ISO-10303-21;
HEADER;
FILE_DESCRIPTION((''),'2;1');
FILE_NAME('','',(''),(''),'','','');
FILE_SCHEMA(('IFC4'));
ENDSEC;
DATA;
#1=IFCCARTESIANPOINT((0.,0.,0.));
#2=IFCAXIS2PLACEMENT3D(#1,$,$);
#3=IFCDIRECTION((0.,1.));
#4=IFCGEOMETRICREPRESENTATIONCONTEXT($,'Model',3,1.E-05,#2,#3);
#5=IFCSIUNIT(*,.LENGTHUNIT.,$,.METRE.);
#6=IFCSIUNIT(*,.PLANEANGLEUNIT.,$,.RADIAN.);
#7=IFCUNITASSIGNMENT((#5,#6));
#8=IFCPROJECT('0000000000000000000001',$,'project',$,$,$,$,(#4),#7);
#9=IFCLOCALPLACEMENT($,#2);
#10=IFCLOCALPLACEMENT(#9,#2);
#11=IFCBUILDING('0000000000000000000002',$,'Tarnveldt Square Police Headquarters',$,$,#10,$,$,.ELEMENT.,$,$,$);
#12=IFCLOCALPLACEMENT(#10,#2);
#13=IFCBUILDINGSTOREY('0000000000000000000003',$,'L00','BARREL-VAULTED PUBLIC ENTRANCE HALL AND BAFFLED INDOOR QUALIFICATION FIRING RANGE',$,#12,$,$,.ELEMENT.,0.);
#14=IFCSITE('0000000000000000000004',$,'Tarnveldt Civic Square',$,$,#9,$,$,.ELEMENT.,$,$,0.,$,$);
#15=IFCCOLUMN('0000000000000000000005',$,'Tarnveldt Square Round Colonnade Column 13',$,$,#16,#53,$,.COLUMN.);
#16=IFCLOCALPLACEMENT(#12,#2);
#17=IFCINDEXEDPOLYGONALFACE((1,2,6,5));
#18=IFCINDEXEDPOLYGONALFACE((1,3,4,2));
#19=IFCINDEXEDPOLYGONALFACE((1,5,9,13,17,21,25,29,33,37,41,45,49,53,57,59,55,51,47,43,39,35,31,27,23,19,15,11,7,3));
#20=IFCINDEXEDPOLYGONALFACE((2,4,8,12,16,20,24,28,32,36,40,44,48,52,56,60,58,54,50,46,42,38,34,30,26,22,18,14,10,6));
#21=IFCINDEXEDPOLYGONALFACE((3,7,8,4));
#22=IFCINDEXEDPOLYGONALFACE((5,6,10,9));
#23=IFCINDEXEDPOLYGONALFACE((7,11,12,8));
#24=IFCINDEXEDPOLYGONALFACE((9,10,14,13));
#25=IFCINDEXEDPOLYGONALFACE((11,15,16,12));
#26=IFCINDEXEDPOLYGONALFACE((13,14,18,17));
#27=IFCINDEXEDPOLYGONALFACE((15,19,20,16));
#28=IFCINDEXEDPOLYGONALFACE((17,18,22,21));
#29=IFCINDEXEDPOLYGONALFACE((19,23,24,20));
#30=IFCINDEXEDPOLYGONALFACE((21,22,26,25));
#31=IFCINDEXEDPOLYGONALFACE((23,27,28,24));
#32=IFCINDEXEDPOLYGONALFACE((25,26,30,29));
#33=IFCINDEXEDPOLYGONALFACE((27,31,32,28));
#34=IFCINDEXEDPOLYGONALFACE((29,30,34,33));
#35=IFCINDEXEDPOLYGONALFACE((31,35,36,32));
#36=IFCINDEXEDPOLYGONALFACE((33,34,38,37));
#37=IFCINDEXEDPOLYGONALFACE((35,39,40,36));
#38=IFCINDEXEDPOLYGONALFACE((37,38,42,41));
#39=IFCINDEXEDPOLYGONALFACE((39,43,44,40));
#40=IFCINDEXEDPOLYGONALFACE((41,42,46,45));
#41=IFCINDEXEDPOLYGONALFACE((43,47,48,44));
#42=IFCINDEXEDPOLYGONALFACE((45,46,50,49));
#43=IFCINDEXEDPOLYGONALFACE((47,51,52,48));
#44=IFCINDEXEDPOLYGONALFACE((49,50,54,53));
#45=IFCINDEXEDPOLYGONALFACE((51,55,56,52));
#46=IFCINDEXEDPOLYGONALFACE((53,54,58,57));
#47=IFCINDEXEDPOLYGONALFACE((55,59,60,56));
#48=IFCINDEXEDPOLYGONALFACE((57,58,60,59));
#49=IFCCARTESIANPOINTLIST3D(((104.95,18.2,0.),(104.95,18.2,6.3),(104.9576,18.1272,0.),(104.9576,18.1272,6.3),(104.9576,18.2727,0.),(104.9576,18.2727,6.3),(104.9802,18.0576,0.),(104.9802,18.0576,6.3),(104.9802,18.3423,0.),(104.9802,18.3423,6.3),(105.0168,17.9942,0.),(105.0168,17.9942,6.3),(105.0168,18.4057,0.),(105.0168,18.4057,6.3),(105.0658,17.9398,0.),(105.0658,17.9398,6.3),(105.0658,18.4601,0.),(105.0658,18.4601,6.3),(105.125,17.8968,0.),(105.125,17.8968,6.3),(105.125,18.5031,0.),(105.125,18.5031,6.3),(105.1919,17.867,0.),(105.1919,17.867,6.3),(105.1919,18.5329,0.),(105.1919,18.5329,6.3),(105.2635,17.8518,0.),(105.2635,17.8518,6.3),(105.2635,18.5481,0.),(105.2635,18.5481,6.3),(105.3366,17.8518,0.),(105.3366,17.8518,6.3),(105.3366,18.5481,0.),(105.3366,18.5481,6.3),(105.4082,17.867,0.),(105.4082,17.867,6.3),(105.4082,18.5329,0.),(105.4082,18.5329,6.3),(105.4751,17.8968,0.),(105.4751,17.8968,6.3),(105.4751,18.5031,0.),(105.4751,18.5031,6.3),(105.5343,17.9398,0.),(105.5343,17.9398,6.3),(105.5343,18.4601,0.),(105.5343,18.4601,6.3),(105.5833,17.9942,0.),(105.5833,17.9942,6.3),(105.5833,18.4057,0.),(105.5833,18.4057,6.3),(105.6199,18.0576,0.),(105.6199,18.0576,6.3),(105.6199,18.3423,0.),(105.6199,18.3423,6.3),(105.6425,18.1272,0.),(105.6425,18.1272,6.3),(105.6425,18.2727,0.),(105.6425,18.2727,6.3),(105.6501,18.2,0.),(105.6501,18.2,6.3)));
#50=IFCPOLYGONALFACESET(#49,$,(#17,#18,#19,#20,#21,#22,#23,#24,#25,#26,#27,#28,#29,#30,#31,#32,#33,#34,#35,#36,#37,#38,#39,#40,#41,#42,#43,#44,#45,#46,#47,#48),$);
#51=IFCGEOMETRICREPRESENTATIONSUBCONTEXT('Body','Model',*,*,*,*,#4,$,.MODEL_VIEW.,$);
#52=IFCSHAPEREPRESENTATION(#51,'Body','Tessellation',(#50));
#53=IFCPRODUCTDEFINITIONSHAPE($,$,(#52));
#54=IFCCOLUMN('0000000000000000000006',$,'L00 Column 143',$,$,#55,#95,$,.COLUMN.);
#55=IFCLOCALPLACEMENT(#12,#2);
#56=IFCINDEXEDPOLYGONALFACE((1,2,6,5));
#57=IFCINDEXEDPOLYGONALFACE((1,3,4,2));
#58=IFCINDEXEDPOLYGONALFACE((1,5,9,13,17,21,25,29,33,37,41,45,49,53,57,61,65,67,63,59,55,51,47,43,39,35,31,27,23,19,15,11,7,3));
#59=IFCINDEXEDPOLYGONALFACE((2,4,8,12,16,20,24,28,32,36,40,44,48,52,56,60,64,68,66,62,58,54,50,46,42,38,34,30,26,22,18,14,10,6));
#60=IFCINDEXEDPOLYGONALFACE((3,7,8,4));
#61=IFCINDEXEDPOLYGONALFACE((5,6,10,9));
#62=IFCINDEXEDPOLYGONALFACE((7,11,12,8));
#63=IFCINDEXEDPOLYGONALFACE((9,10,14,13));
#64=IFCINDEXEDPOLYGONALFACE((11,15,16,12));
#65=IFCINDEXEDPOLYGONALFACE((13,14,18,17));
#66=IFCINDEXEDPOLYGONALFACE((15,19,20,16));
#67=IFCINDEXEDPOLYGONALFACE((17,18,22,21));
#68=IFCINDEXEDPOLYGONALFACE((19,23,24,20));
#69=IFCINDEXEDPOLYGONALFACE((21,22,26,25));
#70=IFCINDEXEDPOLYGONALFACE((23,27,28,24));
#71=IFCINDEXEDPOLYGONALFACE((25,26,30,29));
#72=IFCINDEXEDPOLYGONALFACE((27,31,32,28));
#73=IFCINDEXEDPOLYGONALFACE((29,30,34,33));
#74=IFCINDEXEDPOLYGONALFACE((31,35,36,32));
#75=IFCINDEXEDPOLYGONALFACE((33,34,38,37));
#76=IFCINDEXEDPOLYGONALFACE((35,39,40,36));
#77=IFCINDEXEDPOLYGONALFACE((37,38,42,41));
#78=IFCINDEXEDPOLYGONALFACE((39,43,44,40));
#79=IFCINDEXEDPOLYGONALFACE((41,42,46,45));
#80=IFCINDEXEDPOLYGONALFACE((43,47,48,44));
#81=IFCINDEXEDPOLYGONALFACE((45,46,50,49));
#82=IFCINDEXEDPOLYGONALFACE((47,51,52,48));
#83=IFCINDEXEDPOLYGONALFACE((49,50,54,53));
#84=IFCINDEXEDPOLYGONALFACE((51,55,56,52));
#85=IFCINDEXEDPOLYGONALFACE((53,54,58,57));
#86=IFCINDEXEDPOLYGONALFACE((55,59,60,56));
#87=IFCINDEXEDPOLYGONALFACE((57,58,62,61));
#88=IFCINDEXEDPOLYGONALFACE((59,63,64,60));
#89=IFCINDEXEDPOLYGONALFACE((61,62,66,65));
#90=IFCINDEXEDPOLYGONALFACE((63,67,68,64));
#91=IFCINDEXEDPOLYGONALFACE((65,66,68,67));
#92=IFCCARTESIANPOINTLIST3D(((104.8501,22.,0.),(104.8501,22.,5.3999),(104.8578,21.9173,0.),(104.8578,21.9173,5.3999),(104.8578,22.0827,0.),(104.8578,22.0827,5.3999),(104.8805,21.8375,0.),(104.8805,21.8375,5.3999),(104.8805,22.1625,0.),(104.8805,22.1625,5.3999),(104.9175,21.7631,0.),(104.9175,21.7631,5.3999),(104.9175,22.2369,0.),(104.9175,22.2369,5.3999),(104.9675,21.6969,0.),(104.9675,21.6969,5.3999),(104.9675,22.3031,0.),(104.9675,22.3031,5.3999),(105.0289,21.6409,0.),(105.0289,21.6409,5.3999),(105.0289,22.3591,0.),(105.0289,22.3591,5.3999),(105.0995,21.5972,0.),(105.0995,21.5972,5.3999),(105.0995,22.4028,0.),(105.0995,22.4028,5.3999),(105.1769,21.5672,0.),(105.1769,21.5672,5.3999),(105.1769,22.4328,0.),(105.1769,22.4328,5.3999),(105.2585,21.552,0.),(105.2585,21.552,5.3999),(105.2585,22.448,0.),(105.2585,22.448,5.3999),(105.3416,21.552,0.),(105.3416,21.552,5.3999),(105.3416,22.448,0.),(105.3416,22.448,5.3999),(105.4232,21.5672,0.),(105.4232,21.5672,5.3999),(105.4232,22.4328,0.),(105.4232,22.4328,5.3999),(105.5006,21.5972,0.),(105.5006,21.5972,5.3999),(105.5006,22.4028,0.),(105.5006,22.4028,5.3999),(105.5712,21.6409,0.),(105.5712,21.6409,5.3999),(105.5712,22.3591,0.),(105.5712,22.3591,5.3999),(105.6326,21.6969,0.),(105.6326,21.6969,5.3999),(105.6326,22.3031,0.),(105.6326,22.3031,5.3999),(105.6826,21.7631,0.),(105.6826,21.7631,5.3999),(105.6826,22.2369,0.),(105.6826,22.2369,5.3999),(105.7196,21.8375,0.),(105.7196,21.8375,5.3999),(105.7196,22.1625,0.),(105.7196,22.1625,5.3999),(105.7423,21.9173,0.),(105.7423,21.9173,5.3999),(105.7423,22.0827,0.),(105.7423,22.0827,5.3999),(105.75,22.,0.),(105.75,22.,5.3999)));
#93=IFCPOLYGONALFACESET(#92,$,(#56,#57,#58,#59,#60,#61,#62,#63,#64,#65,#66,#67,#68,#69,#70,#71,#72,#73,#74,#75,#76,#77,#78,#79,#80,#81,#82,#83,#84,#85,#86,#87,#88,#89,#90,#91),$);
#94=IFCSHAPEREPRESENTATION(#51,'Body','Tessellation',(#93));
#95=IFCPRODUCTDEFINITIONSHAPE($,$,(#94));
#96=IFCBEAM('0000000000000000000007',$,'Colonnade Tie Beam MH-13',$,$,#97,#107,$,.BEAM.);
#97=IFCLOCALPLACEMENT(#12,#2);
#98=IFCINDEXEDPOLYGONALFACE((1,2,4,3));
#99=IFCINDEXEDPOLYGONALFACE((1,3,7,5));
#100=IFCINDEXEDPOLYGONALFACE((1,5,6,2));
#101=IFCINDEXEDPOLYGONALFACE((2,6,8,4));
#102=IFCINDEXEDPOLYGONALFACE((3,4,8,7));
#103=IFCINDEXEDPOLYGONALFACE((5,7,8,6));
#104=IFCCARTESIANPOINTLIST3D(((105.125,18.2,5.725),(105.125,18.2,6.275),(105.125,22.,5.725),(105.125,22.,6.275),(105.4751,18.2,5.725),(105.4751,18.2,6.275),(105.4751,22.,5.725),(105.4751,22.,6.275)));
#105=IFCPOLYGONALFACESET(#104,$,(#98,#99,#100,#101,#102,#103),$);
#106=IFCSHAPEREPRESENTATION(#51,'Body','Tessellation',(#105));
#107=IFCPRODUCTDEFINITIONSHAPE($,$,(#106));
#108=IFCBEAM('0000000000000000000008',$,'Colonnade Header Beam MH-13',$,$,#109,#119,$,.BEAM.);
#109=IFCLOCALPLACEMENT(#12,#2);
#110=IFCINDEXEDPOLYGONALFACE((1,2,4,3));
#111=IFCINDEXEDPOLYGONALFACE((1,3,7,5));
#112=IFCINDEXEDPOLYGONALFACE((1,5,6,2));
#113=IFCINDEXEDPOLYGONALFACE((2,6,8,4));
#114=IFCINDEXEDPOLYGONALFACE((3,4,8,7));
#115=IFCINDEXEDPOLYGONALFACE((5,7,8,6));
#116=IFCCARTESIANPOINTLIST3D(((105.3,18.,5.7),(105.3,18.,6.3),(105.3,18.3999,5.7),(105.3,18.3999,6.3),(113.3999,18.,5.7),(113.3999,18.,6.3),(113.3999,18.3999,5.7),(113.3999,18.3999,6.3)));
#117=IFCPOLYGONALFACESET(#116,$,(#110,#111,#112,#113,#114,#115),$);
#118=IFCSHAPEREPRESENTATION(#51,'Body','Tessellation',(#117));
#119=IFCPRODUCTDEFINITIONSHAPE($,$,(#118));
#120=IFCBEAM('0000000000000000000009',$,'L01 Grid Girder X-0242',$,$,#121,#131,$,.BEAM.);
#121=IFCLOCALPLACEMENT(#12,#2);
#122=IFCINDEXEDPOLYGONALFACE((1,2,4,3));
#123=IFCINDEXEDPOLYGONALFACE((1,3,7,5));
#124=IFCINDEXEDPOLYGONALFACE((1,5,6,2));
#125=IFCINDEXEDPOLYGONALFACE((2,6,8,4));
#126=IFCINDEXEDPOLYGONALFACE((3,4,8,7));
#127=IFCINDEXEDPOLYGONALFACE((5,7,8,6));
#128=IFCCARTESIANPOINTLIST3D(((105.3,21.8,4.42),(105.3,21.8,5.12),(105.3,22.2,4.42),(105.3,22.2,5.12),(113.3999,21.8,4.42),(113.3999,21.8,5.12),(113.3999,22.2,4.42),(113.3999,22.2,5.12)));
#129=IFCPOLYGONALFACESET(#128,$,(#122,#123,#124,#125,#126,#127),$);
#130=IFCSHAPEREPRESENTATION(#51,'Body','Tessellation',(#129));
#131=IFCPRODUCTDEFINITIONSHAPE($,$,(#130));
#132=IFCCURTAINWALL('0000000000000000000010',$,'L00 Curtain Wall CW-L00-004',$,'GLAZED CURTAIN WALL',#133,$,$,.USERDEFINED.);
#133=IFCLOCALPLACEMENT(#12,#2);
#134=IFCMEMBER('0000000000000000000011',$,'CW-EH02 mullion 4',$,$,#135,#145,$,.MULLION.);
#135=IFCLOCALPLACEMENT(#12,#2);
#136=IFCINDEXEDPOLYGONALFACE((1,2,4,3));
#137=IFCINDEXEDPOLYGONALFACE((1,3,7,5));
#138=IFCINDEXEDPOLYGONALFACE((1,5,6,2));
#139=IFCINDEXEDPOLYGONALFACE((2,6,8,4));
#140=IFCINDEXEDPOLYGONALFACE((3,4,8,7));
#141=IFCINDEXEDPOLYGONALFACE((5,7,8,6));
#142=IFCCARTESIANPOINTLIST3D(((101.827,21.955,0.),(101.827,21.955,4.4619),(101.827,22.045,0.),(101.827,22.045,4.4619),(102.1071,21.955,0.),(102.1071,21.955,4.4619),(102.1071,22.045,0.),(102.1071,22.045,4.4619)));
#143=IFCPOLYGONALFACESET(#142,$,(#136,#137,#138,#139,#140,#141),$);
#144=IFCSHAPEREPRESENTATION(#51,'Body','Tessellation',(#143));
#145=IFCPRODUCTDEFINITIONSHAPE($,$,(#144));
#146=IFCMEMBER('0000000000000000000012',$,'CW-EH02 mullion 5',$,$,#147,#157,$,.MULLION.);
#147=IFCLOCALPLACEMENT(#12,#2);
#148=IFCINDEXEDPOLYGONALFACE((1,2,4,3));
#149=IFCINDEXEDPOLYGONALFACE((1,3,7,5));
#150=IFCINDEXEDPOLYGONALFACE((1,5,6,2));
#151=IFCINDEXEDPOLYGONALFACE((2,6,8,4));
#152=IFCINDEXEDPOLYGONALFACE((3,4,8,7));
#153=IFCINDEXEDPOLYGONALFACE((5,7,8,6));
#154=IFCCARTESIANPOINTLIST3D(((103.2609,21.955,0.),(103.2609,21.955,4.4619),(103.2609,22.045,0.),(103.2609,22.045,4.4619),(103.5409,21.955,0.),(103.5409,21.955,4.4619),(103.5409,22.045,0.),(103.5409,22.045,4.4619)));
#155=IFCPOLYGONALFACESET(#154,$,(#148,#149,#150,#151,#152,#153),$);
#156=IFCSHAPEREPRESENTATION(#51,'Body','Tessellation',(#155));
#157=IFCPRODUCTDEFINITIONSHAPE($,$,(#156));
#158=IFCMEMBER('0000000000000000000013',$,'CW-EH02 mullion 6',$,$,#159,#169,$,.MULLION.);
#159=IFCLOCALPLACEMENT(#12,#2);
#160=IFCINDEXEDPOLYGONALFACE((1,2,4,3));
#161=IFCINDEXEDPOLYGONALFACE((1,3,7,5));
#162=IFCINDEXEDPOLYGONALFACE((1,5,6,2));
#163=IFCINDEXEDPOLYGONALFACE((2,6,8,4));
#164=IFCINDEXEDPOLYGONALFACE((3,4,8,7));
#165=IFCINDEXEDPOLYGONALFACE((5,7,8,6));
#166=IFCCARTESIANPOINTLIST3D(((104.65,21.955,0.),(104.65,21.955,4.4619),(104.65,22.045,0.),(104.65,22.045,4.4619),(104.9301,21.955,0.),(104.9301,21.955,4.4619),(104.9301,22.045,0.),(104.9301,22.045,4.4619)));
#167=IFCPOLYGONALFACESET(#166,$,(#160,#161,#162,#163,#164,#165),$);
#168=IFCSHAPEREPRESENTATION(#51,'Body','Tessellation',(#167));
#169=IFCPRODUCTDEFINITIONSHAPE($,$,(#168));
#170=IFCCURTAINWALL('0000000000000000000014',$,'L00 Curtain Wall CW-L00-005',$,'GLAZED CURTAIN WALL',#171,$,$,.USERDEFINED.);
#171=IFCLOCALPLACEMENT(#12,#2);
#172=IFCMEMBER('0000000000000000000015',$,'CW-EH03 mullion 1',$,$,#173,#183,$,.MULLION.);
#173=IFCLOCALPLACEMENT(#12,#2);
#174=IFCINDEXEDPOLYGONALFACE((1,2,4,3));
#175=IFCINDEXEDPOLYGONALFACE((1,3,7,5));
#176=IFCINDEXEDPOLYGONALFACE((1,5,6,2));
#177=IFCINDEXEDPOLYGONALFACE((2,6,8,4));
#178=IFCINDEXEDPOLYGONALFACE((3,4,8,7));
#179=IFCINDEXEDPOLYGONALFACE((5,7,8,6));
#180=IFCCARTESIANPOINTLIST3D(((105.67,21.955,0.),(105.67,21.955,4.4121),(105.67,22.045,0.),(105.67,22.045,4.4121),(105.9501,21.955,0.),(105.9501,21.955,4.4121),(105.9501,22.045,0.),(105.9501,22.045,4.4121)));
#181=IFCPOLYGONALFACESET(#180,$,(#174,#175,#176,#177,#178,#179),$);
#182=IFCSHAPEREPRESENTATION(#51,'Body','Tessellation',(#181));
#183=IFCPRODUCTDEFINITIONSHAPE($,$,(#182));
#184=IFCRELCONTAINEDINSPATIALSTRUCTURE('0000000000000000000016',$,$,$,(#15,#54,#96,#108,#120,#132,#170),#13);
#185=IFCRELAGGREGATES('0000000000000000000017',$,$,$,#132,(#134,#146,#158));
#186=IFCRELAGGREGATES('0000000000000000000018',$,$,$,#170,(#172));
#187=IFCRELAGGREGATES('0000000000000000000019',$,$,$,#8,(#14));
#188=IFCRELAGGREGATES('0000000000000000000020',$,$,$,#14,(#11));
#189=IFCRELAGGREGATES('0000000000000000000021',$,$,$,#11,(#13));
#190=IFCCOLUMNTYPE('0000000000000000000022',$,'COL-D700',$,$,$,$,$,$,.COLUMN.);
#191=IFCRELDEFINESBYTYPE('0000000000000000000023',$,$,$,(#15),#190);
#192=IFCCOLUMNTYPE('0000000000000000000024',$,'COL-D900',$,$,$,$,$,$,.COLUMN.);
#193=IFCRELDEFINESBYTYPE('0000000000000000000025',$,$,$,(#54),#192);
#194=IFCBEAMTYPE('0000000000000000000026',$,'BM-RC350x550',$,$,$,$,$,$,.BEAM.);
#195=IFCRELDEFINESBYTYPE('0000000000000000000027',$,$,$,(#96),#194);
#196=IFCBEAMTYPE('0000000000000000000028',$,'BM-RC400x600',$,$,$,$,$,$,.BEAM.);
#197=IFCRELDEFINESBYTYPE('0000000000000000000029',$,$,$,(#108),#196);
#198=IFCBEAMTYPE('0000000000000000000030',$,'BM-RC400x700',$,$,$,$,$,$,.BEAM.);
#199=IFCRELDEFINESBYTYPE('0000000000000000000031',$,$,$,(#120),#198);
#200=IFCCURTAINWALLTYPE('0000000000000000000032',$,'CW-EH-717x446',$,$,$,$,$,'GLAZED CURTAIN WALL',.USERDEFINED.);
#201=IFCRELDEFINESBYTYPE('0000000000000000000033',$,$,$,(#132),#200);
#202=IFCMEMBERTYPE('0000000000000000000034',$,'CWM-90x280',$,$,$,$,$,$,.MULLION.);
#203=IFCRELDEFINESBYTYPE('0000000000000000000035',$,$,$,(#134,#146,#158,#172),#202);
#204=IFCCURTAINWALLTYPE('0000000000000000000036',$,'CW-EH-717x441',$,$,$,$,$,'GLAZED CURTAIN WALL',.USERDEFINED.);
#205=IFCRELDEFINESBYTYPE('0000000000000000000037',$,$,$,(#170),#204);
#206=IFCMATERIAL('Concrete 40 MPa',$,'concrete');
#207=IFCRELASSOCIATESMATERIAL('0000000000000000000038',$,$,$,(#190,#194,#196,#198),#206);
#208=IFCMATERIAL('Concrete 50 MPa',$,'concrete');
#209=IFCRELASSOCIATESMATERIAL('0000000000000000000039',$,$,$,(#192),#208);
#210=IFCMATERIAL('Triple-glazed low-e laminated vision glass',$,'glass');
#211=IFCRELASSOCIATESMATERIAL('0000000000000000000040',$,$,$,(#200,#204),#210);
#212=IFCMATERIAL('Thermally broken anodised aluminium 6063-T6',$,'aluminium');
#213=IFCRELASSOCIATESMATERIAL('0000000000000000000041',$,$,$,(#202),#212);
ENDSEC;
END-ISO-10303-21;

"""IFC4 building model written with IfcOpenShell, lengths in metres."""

from ifc_helpers import new_model, si_unit, direction, frame, origin, origin_2d, place, context, subcontext, project, spatial, rectangle, circle, extrude, material, material_profile, profile_set, type_object, element, aggregate, save


model = new_model("IFC4")

# Units and contexts
model_context = context("Model", 3, precision=1e-05, world=origin(), true_north=direction((0.0, 1.0)))
body_context = subcontext(model_context, "Body", "Model", "MODEL_VIEW")
ifc_project = project(units=[si_unit("LENGTHUNIT", "METRE"), si_unit("PLANEANGLEUNIT", "RADIAN")], contexts=[model_context])

# Site, building, storey
site_placement = place(None, origin())
site = spatial("IfcSite", under=ifc_project, at=site_placement, Name="Tarnveldt Civic Square", CompositionType="ELEMENT", RefElevation=0.0)
building_placement = place(site_placement, origin())
building = spatial("IfcBuilding", under=site, at=building_placement, Name="Tarnveldt Square Police Headquarters", CompositionType="ELEMENT")
storey_placement = place(building_placement, origin())
storey = spatial("IfcBuildingStorey", under=building, at=storey_placement, Name="L00", Description="BARREL-VAULTED PUBLIC ENTRANCE HALL AND BAFFLED INDOOR QUALIFICATION FIRING RANGE", CompositionType="ELEMENT", Elevation=0.0)

# Columns
ifc_material_1 = material(Name="Concrete 40 MPa", Category="concrete")
ifc_material_profile_1 = material_profile(ifc_material_1, circle(Radius=0.3501, at=origin_2d()), Name="RC-D700")
ifc_profile_set_1 = profile_set([ifc_material_profile_1], Name="Concrete 40 MPa")
column_type_1 = type_object("IfcColumnType", Name="COL-D700", PredefinedType="COLUMN", material=ifc_profile_set_1)
column_1_placement = place(storey_placement, frame((105.3, 18.2, 0.0), z_axis=(0.0, 0.0, 1.0), x_axis=(1.0, 0.0, 0.0)))
element("IfcColumn", 1, at=column_1_placement, inside=storey, type_object=column_type_1, Name="Tarnveldt Square Round Colonnade Column 13", PredefinedType="COLUMN", context=body_context, shape_type="SweptSolid", body=[
    extrude(circle(Radius=0.3501, at=origin_2d()), origin(), (0.0, 0.0, 1.0), 6.3),
])
ifc_material_2 = material(Name="Concrete 50 MPa", Category="concrete")
ifc_material_profile_2 = material_profile(ifc_material_2, circle(Radius=0.45, at=origin_2d()), Name="RC-D900")
ifc_profile_set_2 = profile_set([ifc_material_profile_2], Name="Concrete 50 MPa")
column_type_2 = type_object("IfcColumnType", Name="COL-D900", PredefinedType="COLUMN", material=ifc_profile_set_2)
column_2_placement = place(storey_placement, frame((105.3, 22.0, 0.0), z_axis=(0.0, 0.0, 1.0), x_axis=(1.0, 0.0, 0.0)))
element("IfcColumn", 2, at=column_2_placement, inside=storey, type_object=column_type_2, Name="L00 Column 143", PredefinedType="COLUMN", context=body_context, shape_type="SweptSolid", body=[
    extrude(circle(Radius=0.45, at=origin_2d()), origin(), (0.0, 0.0, 1.0), 5.3999),
])

# Beams
ifc_material_profile_3 = material_profile(ifc_material_1, rectangle(XDim=0.3501, YDim=0.55, at=origin_2d()), Name="RC-B350x550")
ifc_profile_set_3 = profile_set([ifc_material_profile_3], Name="Concrete 40 MPa")
beam_type_1 = type_object("IfcBeamType", Name="BM-RC350x550", PredefinedType="BEAM", material=ifc_profile_set_3)
beam_1_placement = place(storey_placement, frame((105.3, 18.2, 6.0), z_axis=(0.0, 1.0, 0.0), x_axis=(-1.0, 0.0, 0.0)))
element("IfcBeam", 3, at=beam_1_placement, inside=storey, type_object=beam_type_1, Name="Colonnade Tie Beam MH-13", PredefinedType="BEAM", context=body_context, shape_type="SweptSolid", body=[
    extrude(rectangle(XDim=0.3501, YDim=0.55, at=origin_2d()), origin(), (0.0, 0.0, 1.0), 3.8),
])
ifc_material_profile_4 = material_profile(ifc_material_1, rectangle(XDim=0.3999, YDim=0.6001, at=origin_2d()), Name="RC-B400x600")
ifc_profile_set_4 = profile_set([ifc_material_profile_4], Name="Concrete 40 MPa")
beam_type_2 = type_object("IfcBeamType", Name="BM-RC400x600", PredefinedType="BEAM", material=ifc_profile_set_4)
beam_2_placement = place(storey_placement, frame((105.3, 18.2, 6.0), z_axis=(1.0, 0.0, 0.0), x_axis=(0.0, 1.0, 0.0)))
element("IfcBeam", 4, at=beam_2_placement, inside=storey, type_object=beam_type_2, Name="Colonnade Header Beam MH-13", PredefinedType="BEAM", context=body_context, shape_type="SweptSolid", body=[
    extrude(rectangle(XDim=0.3999, YDim=0.6001, at=origin_2d()), origin(), (0.0, 0.0, 1.0), 8.0999),
])
ifc_material_profile_5 = material_profile(ifc_material_1, rectangle(XDim=0.3999, YDim=0.7, at=origin_2d()), Name="RC-B400x700")
ifc_profile_set_5 = profile_set([ifc_material_profile_5], Name="Concrete 40 MPa")
beam_type_3 = type_object("IfcBeamType", Name="BM-RC400x700", PredefinedType="BEAM", material=ifc_profile_set_5)
beam_3_placement = place(storey_placement, frame((105.3, 22.0, 4.77), z_axis=(1.0, 0.0, 0.0), x_axis=(0.0, 1.0, 0.0)))
element("IfcBeam", 5, at=beam_3_placement, inside=storey, type_object=beam_type_3, Name="L01 Grid Girder X-0242", PredefinedType="BEAM", context=body_context, shape_type="SweptSolid", body=[
    extrude(rectangle(XDim=0.3999, YDim=0.7, at=origin_2d()), origin(), (0.0, 0.0, 1.0), 8.0999),
])

# Curtain wall, members
ifc_material_3 = material(Name="Triple-glazed low-e laminated vision glass", Category="glass")
curtain_wall_type_1 = type_object("IfcCurtainWallType", Name="CW-EH-717x446", ElementType="GLAZED CURTAIN WALL", PredefinedType="USERDEFINED", material=ifc_material_3)
curtain_wall_1_placement = place(storey_placement, origin())
curtain_wall_1 = element("IfcCurtainWall", 6, at=curtain_wall_1_placement, inside=storey, type_object=curtain_wall_type_1, Name="L00 Curtain Wall CW-L00-004", ObjectType="GLAZED CURTAIN WALL", PredefinedType="USERDEFINED")
ifc_material_4 = material(Name="Thermally broken anodised aluminium 6063-T6", Category="aluminium")
ifc_material_profile_6 = material_profile(ifc_material_4, rectangle(XDim=0.0901, YDim=0.28, at=origin_2d()), Name="CW-M90x280")
ifc_profile_set_6 = profile_set([ifc_material_profile_6], Name="Thermally broken anodised aluminium 6063-T6")
member_type_1 = type_object("IfcMemberType", Name="CWM-90x280", PredefinedType="MULLION", material=ifc_profile_set_6)
member_1_placement = place(storey_placement, frame((101.967, 22.0, 0.0), z_axis=(0.0, 0.0, 1.0), x_axis=(0.0, 1.0, 0.0)))
member_1 = element("IfcMember", 7, at=member_1_placement, type_object=member_type_1, Name="CW-EH02 mullion 4", PredefinedType="MULLION", context=body_context, shape_type="SweptSolid", body=[
    extrude(rectangle(XDim=0.0901, YDim=0.28, at=origin_2d()), origin(), (0.0, 0.0, 1.0), 4.4619),
])
member_2_placement = place(storey_placement, frame((103.4009, 22.0, 0.0), z_axis=(0.0, 0.0, 1.0), x_axis=(0.0, 1.0, 0.0)))
member_2 = element("IfcMember", 8, at=member_2_placement, type_object=member_type_1, Name="CW-EH02 mullion 5", PredefinedType="MULLION", context=body_context, shape_type="SweptSolid", body=[
    extrude(rectangle(XDim=0.0901, YDim=0.28, at=origin_2d()), origin(), (0.0, 0.0, 1.0), 4.4619),
])
member_3_placement = place(storey_placement, frame((104.79, 22.0, 0.0), z_axis=(0.0, 0.0, 1.0), x_axis=(0.0, 1.0, 0.0)))
member_3 = element("IfcMember", 9, at=member_3_placement, type_object=member_type_1, Name="CW-EH02 mullion 6", PredefinedType="MULLION", context=body_context, shape_type="SweptSolid", body=[
    extrude(rectangle(XDim=0.0901, YDim=0.28, at=origin_2d()), origin(), (0.0, 0.0, 1.0), 4.4619),
])

# Curtain wall, member
curtain_wall_type_2 = type_object("IfcCurtainWallType", Name="CW-EH-717x441", ElementType="GLAZED CURTAIN WALL", PredefinedType="USERDEFINED", material=ifc_material_3)
curtain_wall_2_placement = place(storey_placement, origin())
curtain_wall_2 = element("IfcCurtainWall", 10, at=curtain_wall_2_placement, inside=storey, type_object=curtain_wall_type_2, Name="L00 Curtain Wall CW-L00-005", ObjectType="GLAZED CURTAIN WALL", PredefinedType="USERDEFINED")
member_4_placement = place(storey_placement, frame((105.8101, 22.0, 0.0), z_axis=(0.0, 0.0, 1.0), x_axis=(0.0, 1.0, 0.0)))
member_4 = element("IfcMember", 11, at=member_4_placement, type_object=member_type_1, Name="CW-EH03 mullion 1", PredefinedType="MULLION", context=body_context, shape_type="SweptSolid", body=[
    extrude(rectangle(XDim=0.0901, YDim=0.28, at=origin_2d()), origin(), (0.0, 0.0, 1.0), 4.4121),
])

aggregate(curtain_wall_1, [member_1, member_2, member_3])
aggregate(curtain_wall_2, [member_4])

save(model, "model.ifc")
